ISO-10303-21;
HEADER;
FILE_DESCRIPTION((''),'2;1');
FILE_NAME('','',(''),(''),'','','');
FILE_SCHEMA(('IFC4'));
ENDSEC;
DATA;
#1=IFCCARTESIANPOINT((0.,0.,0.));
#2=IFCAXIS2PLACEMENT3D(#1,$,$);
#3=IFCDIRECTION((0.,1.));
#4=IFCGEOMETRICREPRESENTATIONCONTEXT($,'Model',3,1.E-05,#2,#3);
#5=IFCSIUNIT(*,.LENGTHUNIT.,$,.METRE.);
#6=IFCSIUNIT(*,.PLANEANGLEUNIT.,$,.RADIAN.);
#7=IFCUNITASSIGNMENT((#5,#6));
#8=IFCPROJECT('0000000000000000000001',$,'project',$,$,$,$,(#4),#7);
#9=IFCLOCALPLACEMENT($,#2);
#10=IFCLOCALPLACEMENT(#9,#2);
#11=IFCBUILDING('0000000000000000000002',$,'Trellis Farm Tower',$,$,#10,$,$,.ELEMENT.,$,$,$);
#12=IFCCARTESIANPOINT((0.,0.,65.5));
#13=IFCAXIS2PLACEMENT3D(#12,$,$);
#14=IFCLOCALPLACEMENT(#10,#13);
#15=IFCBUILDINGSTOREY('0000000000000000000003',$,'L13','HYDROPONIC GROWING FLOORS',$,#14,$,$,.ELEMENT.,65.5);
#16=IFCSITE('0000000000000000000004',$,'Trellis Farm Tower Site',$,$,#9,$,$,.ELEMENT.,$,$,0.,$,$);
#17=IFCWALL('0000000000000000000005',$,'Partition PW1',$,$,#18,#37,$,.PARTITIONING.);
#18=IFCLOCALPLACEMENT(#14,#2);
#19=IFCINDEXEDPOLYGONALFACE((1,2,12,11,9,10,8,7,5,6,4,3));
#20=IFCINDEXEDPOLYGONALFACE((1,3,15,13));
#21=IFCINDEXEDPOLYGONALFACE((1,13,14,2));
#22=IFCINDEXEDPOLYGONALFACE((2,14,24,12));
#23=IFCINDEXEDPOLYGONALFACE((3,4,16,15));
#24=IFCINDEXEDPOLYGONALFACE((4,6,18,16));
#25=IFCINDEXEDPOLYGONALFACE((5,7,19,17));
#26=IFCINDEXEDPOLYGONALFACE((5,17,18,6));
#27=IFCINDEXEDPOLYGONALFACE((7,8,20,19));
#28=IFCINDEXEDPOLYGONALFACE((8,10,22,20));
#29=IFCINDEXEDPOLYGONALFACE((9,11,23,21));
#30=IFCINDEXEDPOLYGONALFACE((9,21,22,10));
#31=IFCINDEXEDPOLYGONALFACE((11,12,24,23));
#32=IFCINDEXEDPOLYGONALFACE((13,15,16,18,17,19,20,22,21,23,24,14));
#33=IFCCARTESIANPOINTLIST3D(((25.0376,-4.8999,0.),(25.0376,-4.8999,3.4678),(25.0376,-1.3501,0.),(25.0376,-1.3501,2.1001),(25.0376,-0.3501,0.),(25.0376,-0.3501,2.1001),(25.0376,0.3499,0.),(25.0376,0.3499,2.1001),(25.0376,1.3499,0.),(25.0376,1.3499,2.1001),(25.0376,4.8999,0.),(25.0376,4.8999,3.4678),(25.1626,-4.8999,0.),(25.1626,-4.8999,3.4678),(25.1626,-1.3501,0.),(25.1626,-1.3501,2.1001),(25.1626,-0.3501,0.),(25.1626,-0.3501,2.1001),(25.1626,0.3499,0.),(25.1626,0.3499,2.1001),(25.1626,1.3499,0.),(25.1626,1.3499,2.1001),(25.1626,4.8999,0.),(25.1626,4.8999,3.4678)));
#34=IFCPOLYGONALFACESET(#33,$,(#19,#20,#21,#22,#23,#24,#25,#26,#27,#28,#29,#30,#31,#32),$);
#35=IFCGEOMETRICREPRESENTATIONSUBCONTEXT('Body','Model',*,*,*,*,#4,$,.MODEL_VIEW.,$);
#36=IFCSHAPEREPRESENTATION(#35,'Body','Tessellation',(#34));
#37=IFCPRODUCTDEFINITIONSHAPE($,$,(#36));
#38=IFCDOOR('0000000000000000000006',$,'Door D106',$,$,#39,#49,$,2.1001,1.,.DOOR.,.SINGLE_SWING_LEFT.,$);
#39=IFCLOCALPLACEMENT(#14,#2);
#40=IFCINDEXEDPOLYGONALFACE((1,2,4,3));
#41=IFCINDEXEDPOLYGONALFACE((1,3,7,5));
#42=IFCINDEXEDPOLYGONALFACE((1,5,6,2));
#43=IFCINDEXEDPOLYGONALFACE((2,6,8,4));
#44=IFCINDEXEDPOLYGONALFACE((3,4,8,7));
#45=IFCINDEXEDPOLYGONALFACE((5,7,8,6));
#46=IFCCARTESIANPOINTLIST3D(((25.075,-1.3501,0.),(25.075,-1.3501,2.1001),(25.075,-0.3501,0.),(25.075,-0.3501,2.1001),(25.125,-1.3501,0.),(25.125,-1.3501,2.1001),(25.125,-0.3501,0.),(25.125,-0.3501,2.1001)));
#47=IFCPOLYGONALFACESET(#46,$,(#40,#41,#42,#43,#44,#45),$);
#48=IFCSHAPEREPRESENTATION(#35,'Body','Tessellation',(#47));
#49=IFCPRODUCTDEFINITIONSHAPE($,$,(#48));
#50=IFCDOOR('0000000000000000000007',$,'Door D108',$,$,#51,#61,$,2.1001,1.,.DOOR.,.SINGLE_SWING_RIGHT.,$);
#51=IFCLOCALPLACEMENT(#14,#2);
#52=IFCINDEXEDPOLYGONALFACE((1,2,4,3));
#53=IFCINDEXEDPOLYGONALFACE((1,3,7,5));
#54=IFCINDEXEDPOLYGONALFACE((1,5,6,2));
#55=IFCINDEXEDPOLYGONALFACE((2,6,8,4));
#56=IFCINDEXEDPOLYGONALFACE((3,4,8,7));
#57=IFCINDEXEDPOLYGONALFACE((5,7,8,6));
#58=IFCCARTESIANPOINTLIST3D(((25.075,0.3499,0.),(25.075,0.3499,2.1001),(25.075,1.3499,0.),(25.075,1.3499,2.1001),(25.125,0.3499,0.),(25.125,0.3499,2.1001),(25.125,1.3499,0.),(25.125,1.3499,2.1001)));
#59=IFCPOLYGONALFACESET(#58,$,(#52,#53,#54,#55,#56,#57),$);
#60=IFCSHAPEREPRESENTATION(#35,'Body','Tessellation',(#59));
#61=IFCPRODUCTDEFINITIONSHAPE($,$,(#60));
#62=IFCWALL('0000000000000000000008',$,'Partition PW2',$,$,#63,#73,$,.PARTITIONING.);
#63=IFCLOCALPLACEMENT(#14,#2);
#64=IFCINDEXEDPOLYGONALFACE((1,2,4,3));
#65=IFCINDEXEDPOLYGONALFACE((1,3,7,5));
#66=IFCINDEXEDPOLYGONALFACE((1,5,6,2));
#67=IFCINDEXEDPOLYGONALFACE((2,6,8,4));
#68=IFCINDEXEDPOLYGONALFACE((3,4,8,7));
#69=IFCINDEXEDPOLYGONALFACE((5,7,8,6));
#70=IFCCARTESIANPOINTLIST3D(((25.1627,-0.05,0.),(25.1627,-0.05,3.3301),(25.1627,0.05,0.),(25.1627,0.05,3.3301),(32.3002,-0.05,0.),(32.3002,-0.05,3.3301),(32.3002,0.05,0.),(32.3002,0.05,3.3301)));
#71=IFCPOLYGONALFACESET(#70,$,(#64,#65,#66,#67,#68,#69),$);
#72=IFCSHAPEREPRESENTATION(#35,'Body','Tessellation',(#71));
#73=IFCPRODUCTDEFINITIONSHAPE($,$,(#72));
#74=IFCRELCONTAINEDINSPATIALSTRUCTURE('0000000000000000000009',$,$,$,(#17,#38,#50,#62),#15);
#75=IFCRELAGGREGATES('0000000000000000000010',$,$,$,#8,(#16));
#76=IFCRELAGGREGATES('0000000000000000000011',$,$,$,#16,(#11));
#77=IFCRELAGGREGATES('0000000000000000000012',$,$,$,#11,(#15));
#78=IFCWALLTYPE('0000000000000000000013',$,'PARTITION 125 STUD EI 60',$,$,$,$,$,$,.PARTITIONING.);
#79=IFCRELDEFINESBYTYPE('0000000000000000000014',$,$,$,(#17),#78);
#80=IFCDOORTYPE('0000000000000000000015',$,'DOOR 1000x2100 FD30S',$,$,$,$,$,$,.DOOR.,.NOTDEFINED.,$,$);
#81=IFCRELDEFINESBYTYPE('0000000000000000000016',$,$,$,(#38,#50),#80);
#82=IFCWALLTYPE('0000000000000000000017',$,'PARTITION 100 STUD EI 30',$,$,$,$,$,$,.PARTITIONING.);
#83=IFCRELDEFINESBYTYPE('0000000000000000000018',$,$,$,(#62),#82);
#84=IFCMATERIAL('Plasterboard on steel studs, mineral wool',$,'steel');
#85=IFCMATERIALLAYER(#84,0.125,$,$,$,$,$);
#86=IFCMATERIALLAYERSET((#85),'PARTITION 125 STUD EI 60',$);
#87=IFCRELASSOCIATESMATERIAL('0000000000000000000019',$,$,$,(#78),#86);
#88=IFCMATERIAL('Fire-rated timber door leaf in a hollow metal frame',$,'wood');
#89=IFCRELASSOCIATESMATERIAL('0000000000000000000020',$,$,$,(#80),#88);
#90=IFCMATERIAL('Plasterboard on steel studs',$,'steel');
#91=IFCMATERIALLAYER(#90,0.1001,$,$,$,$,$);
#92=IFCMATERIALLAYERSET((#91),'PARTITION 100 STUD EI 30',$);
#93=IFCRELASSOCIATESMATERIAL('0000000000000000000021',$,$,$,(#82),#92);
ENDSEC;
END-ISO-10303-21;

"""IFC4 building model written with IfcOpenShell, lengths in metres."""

from ifc_helpers import new_model, si_unit, direction, frame, frame_2d, origin, place, context, subcontext, project, spatial, rectangle, extrude, source, transform, mapped, material, layer, layer_set, type_object, element, fill, save


model = new_model("IFC4")

# Units and contexts
model_context = context("Model", 3, precision=1e-05, world=origin(), true_north=direction((0.0, 1.0)))
body_context = subcontext(model_context, "Body", "Model", "MODEL_VIEW")
ifc_project = project(units=[si_unit("LENGTHUNIT", "METRE"), si_unit("PLANEANGLEUNIT", "RADIAN")], contexts=[model_context])

# Site, building, storey
site_placement = place(None, origin())
site = spatial("IfcSite", under=ifc_project, at=site_placement, Name="Trellis Farm Tower Site", CompositionType="ELEMENT", RefElevation=0.0)
building_placement = place(site_placement, origin())
building = spatial("IfcBuilding", under=site, at=building_placement, Name="Trellis Farm Tower", CompositionType="ELEMENT")
storey_placement = place(building_placement, frame((0.0, 0.0, 65.5)))
storey = spatial("IfcBuildingStorey", under=building, at=storey_placement, Name="L13", Description="HYDROPONIC GROWING FLOORS", CompositionType="ELEMENT", Elevation=65.5)

# Wall, openings, doors
ifc_material_1 = material(Name="Plasterboard on steel studs, mineral wool", Category="steel")
ifc_layer_1 = layer(ifc_material_1, 0.125)
ifc_layer_set_1 = layer_set([ifc_layer_1], Name="PARTITION 125 STUD EI 60")
wall_type_1 = type_object("IfcWallType", Name="PARTITION 125 STUD EI 60", PredefinedType="PARTITIONING", material=ifc_layer_set_1)
shared_shape_1 = source(origin(), body_context, "Body", "SweptSolid", [
    extrude(rectangle(XDim=9.7998, YDim=0.125, at=frame_2d((4.8999, 0.0))), origin(), (0.0, 0.0, 1.0), 3.4678),
])
wall_1_placement = place(storey_placement, frame((25.1001, 4.8999, 0.0), z_axis=(0.0, 0.0, 1.0), x_axis=(0.0, -1.0, 0.0)))
wall_1 = element("IfcWall", 1, at=wall_1_placement, inside=storey, type_object=wall_type_1, Name="Partition PW1", PredefinedType="PARTITIONING", context=body_context, shape_type="MappedRepresentation", body=[
    mapped(shared_shape_1, transform((0.0, 0.0, 0.0))),
])
shared_shape_2 = source(origin(), body_context, "Body", "SweptSolid", [
    extrude(rectangle(XDim=1.0, YDim=2.1001, at=frame_2d((0.5, 1.05))), frame((0.0, 0.0725, 0.0), z_axis=(0.0, -1.0, 0.0), x_axis=(1.0, 0.0, 0.0)), (0.0, 0.0, 1.0), 0.145),
])
opening_1_placement = place(wall_1_placement, frame((5.25, 0.0, 0.0)))
opening_1 = element("IfcOpeningElement", 2, at=opening_1_placement, cuts=wall_1, PredefinedType="OPENING", context=body_context, shape_type="MappedRepresentation", body=[
    mapped(shared_shape_2, transform((0.0, 0.0, 0.0))),
])
opening_2_placement = place(wall_1_placement, frame((3.55, 0.0, 0.0)))
opening_2 = element("IfcOpeningElement", 3, at=opening_2_placement, cuts=wall_1, PredefinedType="OPENING", context=body_context, shape_type="MappedRepresentation", body=[
    mapped(shared_shape_2, transform((0.0, 0.0, 0.0))),
])
ifc_material_2 = material(Name="Fire-rated timber door leaf in a hollow metal frame", Category="wood")
door_type_1 = type_object("IfcDoorType", Name="DOOR 1000x2100 FD30S", OperationType="NOTDEFINED", PredefinedType="DOOR", material=ifc_material_2)
shared_shape_3 = source(origin(), body_context, "Body", "SweptSolid", [
    extrude(rectangle(XDim=1.0, YDim=2.1001, at=frame_2d((0.5, 1.05))), frame((0.0, 0.0249, 0.0), z_axis=(0.0, -1.0, 0.0), x_axis=(1.0, 0.0, 0.0)), (0.0, 0.0, 1.0), 0.05),
])
door_1_placement = place(opening_1_placement, origin())
door_1 = element("IfcDoor", 4, at=door_1_placement, inside=storey, type_object=door_type_1, Name="Door D106", OperationType="SINGLE_SWING_LEFT", OverallHeight=2.1001, OverallWidth=1.0, PredefinedType="DOOR", context=body_context, shape_type="MappedRepresentation", body=[
    mapped(shared_shape_3, transform((0.0, 0.0, 0.0))),
])
fill(opening_1, door_1)
door_2_placement = place(opening_2_placement, origin())
door_2 = element("IfcDoor", 5, at=door_2_placement, inside=storey, type_object=door_type_1, Name="Door D108", OperationType="SINGLE_SWING_RIGHT", OverallHeight=2.1001, OverallWidth=1.0, PredefinedType="DOOR", context=body_context, shape_type="MappedRepresentation", body=[
    mapped(shared_shape_3, transform((0.0, 0.0, 0.0))),
])
fill(opening_2, door_2)

# Wall
ifc_material_3 = material(Name="Plasterboard on steel studs", Category="steel")
ifc_layer_2 = layer(ifc_material_3, 0.1001)
ifc_layer_set_2 = layer_set([ifc_layer_2], Name="PARTITION 100 STUD EI 30")
wall_type_2 = type_object("IfcWallType", Name="PARTITION 100 STUD EI 30", PredefinedType="PARTITIONING", material=ifc_layer_set_2)
shared_shape_4 = source(origin(), body_context, "Body", "SweptSolid", [
    extrude(rectangle(XDim=7.1375, YDim=0.1001, at=frame_2d((3.5688, 0.0))), origin(), (0.0, 0.0, 1.0), 3.3301),
])
wall_2_placement = place(storey_placement, frame((25.1626, 0.0, 0.0), z_axis=(0.0, 0.0, 1.0), x_axis=(1.0, 0.0, 0.0)))
element("IfcWall", 6, at=wall_2_placement, inside=storey, type_object=wall_type_2, Name="Partition PW2", PredefinedType="PARTITIONING", context=body_context, shape_type="MappedRepresentation", body=[
    mapped(shared_shape_4, transform((0.0, 0.0, 0.0))),
])

save(model, "model.ifc")
